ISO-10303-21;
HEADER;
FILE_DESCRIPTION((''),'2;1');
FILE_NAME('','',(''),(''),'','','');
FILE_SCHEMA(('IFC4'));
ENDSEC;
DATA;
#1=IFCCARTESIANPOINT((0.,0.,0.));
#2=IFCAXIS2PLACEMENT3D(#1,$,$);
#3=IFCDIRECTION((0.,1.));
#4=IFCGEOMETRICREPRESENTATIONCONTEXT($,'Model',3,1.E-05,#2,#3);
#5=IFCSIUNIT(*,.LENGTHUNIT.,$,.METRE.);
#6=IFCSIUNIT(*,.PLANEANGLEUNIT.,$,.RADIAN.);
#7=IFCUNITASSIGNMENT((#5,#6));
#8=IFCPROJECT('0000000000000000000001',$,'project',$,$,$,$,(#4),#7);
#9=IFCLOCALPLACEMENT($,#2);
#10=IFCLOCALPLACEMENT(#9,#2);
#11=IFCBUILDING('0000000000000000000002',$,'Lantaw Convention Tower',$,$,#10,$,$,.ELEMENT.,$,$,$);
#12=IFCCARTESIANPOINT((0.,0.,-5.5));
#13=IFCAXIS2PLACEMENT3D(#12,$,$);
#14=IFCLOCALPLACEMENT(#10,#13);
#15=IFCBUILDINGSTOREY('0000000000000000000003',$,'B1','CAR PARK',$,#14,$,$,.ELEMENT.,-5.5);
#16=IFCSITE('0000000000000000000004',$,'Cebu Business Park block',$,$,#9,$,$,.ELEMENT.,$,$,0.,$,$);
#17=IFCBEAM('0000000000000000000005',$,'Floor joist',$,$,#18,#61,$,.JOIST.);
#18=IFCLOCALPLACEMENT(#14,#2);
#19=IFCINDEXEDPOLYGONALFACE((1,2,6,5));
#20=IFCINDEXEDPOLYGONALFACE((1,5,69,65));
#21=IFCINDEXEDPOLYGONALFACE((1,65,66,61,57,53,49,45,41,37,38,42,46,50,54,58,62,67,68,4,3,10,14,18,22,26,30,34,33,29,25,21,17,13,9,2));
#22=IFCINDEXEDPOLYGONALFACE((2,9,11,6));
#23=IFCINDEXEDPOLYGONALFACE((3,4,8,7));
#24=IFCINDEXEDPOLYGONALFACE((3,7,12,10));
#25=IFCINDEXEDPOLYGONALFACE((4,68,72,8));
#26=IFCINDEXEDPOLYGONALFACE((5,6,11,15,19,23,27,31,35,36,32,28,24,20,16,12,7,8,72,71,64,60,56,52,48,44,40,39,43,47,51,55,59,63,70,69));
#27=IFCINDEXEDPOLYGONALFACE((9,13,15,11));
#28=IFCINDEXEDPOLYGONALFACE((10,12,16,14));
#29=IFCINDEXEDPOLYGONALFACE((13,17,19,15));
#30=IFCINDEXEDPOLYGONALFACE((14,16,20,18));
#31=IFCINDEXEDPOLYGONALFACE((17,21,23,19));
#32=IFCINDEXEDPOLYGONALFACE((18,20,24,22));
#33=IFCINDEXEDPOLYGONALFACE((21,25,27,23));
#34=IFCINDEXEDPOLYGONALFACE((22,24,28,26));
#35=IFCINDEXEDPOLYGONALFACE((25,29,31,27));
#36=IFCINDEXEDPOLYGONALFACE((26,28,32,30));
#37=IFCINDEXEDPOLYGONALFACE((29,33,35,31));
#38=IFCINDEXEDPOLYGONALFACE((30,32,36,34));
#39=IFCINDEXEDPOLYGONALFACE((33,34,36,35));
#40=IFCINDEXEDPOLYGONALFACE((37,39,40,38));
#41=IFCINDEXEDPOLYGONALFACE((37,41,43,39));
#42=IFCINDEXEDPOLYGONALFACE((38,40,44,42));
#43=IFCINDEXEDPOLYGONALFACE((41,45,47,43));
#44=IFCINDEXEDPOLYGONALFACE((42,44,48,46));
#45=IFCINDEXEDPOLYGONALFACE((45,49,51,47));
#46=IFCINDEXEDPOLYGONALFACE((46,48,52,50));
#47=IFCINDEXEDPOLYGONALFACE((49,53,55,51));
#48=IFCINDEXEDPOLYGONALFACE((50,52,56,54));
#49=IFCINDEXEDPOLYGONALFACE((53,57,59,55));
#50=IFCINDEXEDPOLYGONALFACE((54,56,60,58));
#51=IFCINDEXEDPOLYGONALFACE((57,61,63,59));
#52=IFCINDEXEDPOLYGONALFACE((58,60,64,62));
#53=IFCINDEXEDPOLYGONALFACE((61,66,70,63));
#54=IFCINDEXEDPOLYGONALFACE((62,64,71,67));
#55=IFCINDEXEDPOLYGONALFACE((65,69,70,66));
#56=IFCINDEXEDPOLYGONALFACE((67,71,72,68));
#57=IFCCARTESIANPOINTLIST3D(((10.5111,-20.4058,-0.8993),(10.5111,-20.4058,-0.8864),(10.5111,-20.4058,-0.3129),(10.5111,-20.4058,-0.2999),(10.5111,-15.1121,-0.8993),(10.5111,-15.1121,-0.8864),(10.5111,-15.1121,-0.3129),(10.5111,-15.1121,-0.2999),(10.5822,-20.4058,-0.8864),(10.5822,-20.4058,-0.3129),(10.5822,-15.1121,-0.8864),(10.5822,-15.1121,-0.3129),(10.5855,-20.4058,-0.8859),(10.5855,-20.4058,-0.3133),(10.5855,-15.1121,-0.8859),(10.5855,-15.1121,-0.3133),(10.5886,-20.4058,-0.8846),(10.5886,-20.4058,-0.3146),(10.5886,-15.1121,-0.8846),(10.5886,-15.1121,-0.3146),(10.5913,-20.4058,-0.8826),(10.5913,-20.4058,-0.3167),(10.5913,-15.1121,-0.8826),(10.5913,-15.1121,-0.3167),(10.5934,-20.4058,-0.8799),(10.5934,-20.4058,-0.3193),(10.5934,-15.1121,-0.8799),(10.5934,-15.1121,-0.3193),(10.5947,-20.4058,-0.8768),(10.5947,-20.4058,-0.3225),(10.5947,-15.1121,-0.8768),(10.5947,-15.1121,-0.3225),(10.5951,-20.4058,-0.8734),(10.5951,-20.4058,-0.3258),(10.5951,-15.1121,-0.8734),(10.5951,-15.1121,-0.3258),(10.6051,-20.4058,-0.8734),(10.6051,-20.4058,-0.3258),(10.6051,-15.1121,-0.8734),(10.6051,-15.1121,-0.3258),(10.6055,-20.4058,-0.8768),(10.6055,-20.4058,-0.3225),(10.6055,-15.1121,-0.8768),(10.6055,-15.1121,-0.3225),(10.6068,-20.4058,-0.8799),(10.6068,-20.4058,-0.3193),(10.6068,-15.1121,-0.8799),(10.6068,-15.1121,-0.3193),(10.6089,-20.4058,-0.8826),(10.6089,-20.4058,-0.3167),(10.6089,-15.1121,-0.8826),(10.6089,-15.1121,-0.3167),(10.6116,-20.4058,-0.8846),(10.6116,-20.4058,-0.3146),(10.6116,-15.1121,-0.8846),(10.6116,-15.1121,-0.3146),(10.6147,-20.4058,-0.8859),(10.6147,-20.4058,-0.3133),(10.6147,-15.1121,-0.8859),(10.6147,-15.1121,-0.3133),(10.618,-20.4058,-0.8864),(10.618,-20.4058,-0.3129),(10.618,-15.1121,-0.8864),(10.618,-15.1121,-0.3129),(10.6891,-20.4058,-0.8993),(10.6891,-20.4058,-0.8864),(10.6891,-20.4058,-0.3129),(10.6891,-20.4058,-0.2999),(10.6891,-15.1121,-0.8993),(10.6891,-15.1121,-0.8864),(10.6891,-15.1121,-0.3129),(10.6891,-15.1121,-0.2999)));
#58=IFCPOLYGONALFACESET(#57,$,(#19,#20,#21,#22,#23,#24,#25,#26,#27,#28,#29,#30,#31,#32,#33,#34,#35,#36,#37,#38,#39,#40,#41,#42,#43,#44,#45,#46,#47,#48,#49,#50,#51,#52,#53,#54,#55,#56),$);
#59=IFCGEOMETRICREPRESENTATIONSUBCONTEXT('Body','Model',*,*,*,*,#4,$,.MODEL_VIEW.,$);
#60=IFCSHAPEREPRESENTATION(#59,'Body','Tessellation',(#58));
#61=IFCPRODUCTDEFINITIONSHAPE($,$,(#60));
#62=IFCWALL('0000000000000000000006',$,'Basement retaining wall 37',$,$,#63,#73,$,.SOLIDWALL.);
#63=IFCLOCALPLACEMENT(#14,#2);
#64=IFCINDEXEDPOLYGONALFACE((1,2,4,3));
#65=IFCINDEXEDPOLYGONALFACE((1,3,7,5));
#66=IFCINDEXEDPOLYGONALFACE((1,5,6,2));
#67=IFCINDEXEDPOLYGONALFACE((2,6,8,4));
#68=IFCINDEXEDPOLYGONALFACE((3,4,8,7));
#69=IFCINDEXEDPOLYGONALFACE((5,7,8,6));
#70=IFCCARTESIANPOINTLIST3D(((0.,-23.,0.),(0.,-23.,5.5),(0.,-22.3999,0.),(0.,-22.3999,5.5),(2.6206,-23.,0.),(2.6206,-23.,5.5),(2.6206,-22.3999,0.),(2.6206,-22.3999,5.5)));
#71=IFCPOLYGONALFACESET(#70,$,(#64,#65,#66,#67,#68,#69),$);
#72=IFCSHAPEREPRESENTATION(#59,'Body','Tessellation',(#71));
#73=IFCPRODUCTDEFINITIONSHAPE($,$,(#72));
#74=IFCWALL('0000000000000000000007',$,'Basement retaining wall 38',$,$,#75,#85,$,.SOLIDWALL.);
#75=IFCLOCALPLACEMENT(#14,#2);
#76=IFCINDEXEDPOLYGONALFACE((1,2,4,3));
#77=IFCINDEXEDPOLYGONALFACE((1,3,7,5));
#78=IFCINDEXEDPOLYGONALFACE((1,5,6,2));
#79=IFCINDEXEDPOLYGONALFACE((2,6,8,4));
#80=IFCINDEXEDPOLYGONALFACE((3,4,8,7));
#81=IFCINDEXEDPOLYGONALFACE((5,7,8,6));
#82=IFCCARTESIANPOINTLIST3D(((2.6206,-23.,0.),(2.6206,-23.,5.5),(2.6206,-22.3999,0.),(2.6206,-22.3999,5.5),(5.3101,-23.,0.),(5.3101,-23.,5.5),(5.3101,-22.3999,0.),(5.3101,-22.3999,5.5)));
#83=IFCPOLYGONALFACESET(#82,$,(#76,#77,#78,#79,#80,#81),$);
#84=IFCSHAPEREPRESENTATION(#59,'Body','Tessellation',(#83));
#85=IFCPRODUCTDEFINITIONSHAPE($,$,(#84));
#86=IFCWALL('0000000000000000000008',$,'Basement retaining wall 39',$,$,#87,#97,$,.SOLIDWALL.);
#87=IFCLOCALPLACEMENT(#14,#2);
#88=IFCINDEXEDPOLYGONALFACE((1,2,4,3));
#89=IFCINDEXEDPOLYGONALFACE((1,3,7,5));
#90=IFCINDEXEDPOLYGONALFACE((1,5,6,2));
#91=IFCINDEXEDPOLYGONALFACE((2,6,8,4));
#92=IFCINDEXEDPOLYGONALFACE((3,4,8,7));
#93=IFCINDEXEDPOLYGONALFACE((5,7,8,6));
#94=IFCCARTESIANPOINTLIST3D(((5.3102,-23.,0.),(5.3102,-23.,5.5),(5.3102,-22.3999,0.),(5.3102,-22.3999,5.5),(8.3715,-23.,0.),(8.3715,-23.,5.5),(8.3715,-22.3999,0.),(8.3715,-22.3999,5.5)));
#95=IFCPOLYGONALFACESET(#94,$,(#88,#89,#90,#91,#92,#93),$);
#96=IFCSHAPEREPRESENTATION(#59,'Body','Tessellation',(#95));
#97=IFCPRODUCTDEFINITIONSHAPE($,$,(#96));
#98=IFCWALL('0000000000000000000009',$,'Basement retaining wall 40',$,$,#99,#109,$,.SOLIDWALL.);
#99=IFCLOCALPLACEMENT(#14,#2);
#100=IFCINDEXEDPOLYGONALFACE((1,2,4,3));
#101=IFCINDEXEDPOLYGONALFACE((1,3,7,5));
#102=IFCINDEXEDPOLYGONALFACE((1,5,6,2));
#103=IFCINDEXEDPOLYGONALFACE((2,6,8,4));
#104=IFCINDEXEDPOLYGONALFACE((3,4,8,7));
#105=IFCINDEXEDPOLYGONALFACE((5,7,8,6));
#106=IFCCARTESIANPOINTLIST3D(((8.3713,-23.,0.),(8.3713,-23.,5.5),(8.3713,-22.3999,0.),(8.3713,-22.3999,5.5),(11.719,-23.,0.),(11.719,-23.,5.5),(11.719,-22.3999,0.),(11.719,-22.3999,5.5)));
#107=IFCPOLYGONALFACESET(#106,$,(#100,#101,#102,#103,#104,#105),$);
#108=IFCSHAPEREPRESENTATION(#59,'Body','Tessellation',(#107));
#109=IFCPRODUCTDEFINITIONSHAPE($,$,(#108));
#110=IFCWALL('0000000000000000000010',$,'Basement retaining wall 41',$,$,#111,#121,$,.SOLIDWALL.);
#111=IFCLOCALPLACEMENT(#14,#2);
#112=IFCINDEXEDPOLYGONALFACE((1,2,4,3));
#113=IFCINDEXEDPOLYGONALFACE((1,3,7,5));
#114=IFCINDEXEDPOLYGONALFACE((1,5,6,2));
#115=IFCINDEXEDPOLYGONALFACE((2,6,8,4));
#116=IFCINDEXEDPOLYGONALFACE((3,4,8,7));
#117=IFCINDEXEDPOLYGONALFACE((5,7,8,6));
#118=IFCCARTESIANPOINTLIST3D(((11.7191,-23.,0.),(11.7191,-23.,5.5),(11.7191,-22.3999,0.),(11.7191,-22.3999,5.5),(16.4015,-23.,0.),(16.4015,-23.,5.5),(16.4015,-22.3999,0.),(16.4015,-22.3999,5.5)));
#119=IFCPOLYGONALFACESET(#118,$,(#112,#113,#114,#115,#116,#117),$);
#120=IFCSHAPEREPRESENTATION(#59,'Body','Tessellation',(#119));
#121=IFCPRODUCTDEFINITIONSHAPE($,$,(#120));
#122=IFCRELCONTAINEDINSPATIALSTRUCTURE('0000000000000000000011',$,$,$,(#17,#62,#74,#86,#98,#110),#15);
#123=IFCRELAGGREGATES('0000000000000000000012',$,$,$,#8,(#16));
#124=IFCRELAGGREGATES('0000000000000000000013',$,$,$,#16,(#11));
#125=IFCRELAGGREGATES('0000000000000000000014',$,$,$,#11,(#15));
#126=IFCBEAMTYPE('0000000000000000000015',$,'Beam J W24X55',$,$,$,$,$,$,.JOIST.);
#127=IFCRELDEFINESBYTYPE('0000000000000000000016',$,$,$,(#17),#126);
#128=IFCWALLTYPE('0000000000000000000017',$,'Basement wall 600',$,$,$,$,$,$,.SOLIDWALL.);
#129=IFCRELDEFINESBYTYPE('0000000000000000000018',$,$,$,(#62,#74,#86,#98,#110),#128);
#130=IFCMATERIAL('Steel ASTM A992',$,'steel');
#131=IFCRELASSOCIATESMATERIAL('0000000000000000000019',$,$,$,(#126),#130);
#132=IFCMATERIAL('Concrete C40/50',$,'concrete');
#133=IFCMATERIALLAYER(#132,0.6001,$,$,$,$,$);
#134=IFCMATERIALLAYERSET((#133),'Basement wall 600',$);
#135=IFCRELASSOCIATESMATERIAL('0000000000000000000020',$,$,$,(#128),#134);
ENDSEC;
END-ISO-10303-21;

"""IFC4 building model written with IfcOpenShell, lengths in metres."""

from ifc_helpers import new_model, si_unit, direction, frame, frame_2d, origin, origin_2d, place, context, subcontext, project, spatial, rectangle, i_section, extrude, material, layer, layer_set, material_profile, profile_set, type_object, element, save


model = new_model("IFC4")

# Units and contexts
model_context = context("Model", 3, precision=1e-05, world=origin(), true_north=direction((0.0, 1.0)))
body_context = subcontext(model_context, "Body", "Model", "MODEL_VIEW")
ifc_project = project(units=[si_unit("LENGTHUNIT", "METRE"), si_unit("PLANEANGLEUNIT", "RADIAN")], contexts=[model_context])

# Site, building, storey
site_placement = place(None, origin())
site = spatial("IfcSite", under=ifc_project, at=site_placement, Name="Cebu Business Park block", CompositionType="ELEMENT", RefElevation=0.0)
building_placement = place(site_placement, origin())
building = spatial("IfcBuilding", under=site, at=building_placement, Name="Lantaw Convention Tower", CompositionType="ELEMENT")
storey_placement = place(building_placement, frame((0.0, 0.0, -5.5)))
storey = spatial("IfcBuildingStorey", under=building, at=storey_placement, Name="B1", Description="CAR PARK", CompositionType="ELEMENT", Elevation=-5.5)

# Beam
ifc_material_1 = material(Name="Steel ASTM A992", Category="steel")
ifc_material_profile_1 = material_profile(ifc_material_1, i_section(OverallWidth=0.178, OverallDepth=0.5994, WebThickness=0.01, FlangeThickness=0.0129, FilletRadius=0.0129, at=origin_2d()), Name="W24X55")
ifc_profile_set_1 = profile_set([ifc_material_profile_1], Name="Steel ASTM A992")
beam_type_1 = type_object("IfcBeamType", Name="Beam J W24X55", PredefinedType="JOIST", material=ifc_profile_set_1)
beam_1_placement = place(storey_placement, frame((10.6001, -20.4058, -0.5996), z_axis=(0.0, 1.0, 0.0), x_axis=(-1.0, 0.0, 0.0)))
element("IfcBeam", 1, at=beam_1_placement, inside=storey, type_object=beam_type_1, Name="Floor joist", PredefinedType="JOIST", context=body_context, shape_type="SweptSolid", body=[
    extrude(i_section(OverallWidth=0.178, OverallDepth=0.5994, WebThickness=0.01, FlangeThickness=0.0129, FilletRadius=0.0129, at=origin_2d()), origin(), (0.0, 0.0, 1.0), 5.2937),
])

# Walls
ifc_material_2 = material(Name="Concrete C40/50", Category="concrete")
ifc_layer = layer(ifc_material_2, 0.6001)
ifc_layer_set = layer_set([ifc_layer], Name="Basement wall 600")
wall_type = type_object("IfcWallType", Name="Basement wall 600", PredefinedType="SOLIDWALL", material=ifc_layer_set)
wall_1_placement = place(storey_placement, frame((0.0, -22.7, 0.0), z_axis=(0.0, 0.0, 1.0), x_axis=(1.0, 0.0, 0.0)))
element("IfcWall", 2, at=wall_1_placement, inside=storey, type_object=wall_type, Name="Basement retaining wall 37", PredefinedType="SOLIDWALL", context=body_context, shape_type="SweptSolid", body=[
    extrude(rectangle(XDim=2.6206, YDim=0.6001, at=frame_2d((1.3103, 0.0))), origin(), (0.0, 0.0, 1.0), 5.5),
])
wall_2_placement = place(storey_placement, frame((2.6206, -22.7, 0.0), z_axis=(0.0, 0.0, 1.0), x_axis=(1.0, 0.0, 0.0)))
element("IfcWall", 3, at=wall_2_placement, inside=storey, type_object=wall_type, Name="Basement retaining wall 38", PredefinedType="SOLIDWALL", context=body_context, shape_type="SweptSolid", body=[
    extrude(rectangle(XDim=2.6895, YDim=0.6001, at=frame_2d((1.3447, 0.0))), origin(), (0.0, 0.0, 1.0), 5.5),
])
wall_3_placement = place(storey_placement, frame((5.3101, -22.7, 0.0), z_axis=(0.0, 0.0, 1.0), x_axis=(1.0, 0.0, 0.0)))
element("IfcWall", 4, at=wall_3_placement, inside=storey, type_object=wall_type, Name="Basement retaining wall 39", PredefinedType="SOLIDWALL", context=body_context, shape_type="SweptSolid", body=[
    extrude(rectangle(XDim=3.0613, YDim=0.6001, at=frame_2d((1.5308, 0.0))), origin(), (0.0, 0.0, 1.0), 5.5),
])
wall_4_placement = place(storey_placement, frame((8.3713, -22.7, 0.0), z_axis=(0.0, 0.0, 1.0), x_axis=(1.0, 0.0, 0.0)))
element("IfcWall", 5, at=wall_4_placement, inside=storey, type_object=wall_type, Name="Basement retaining wall 40", PredefinedType="SOLIDWALL", context=body_context, shape_type="SweptSolid", body=[
    extrude(rectangle(XDim=3.3477, YDim=0.6001, at=frame_2d((1.6738, 0.0))), origin(), (0.0, 0.0, 1.0), 5.5),
])
wall_5_placement = place(storey_placement, frame((11.719, -22.7, 0.0), z_axis=(0.0, 0.0, 1.0), x_axis=(1.0, 0.0, 0.0)))
element("IfcWall", 6, at=wall_5_placement, inside=storey, type_object=wall_type, Name="Basement retaining wall 41", PredefinedType="SOLIDWALL", context=body_context, shape_type="SweptSolid", body=[
    extrude(rectangle(XDim=4.6824, YDim=0.6001, at=frame_2d((2.3413, 0.0))), origin(), (0.0, 0.0, 1.0), 5.5),
])

save(model, "model.ifc")
